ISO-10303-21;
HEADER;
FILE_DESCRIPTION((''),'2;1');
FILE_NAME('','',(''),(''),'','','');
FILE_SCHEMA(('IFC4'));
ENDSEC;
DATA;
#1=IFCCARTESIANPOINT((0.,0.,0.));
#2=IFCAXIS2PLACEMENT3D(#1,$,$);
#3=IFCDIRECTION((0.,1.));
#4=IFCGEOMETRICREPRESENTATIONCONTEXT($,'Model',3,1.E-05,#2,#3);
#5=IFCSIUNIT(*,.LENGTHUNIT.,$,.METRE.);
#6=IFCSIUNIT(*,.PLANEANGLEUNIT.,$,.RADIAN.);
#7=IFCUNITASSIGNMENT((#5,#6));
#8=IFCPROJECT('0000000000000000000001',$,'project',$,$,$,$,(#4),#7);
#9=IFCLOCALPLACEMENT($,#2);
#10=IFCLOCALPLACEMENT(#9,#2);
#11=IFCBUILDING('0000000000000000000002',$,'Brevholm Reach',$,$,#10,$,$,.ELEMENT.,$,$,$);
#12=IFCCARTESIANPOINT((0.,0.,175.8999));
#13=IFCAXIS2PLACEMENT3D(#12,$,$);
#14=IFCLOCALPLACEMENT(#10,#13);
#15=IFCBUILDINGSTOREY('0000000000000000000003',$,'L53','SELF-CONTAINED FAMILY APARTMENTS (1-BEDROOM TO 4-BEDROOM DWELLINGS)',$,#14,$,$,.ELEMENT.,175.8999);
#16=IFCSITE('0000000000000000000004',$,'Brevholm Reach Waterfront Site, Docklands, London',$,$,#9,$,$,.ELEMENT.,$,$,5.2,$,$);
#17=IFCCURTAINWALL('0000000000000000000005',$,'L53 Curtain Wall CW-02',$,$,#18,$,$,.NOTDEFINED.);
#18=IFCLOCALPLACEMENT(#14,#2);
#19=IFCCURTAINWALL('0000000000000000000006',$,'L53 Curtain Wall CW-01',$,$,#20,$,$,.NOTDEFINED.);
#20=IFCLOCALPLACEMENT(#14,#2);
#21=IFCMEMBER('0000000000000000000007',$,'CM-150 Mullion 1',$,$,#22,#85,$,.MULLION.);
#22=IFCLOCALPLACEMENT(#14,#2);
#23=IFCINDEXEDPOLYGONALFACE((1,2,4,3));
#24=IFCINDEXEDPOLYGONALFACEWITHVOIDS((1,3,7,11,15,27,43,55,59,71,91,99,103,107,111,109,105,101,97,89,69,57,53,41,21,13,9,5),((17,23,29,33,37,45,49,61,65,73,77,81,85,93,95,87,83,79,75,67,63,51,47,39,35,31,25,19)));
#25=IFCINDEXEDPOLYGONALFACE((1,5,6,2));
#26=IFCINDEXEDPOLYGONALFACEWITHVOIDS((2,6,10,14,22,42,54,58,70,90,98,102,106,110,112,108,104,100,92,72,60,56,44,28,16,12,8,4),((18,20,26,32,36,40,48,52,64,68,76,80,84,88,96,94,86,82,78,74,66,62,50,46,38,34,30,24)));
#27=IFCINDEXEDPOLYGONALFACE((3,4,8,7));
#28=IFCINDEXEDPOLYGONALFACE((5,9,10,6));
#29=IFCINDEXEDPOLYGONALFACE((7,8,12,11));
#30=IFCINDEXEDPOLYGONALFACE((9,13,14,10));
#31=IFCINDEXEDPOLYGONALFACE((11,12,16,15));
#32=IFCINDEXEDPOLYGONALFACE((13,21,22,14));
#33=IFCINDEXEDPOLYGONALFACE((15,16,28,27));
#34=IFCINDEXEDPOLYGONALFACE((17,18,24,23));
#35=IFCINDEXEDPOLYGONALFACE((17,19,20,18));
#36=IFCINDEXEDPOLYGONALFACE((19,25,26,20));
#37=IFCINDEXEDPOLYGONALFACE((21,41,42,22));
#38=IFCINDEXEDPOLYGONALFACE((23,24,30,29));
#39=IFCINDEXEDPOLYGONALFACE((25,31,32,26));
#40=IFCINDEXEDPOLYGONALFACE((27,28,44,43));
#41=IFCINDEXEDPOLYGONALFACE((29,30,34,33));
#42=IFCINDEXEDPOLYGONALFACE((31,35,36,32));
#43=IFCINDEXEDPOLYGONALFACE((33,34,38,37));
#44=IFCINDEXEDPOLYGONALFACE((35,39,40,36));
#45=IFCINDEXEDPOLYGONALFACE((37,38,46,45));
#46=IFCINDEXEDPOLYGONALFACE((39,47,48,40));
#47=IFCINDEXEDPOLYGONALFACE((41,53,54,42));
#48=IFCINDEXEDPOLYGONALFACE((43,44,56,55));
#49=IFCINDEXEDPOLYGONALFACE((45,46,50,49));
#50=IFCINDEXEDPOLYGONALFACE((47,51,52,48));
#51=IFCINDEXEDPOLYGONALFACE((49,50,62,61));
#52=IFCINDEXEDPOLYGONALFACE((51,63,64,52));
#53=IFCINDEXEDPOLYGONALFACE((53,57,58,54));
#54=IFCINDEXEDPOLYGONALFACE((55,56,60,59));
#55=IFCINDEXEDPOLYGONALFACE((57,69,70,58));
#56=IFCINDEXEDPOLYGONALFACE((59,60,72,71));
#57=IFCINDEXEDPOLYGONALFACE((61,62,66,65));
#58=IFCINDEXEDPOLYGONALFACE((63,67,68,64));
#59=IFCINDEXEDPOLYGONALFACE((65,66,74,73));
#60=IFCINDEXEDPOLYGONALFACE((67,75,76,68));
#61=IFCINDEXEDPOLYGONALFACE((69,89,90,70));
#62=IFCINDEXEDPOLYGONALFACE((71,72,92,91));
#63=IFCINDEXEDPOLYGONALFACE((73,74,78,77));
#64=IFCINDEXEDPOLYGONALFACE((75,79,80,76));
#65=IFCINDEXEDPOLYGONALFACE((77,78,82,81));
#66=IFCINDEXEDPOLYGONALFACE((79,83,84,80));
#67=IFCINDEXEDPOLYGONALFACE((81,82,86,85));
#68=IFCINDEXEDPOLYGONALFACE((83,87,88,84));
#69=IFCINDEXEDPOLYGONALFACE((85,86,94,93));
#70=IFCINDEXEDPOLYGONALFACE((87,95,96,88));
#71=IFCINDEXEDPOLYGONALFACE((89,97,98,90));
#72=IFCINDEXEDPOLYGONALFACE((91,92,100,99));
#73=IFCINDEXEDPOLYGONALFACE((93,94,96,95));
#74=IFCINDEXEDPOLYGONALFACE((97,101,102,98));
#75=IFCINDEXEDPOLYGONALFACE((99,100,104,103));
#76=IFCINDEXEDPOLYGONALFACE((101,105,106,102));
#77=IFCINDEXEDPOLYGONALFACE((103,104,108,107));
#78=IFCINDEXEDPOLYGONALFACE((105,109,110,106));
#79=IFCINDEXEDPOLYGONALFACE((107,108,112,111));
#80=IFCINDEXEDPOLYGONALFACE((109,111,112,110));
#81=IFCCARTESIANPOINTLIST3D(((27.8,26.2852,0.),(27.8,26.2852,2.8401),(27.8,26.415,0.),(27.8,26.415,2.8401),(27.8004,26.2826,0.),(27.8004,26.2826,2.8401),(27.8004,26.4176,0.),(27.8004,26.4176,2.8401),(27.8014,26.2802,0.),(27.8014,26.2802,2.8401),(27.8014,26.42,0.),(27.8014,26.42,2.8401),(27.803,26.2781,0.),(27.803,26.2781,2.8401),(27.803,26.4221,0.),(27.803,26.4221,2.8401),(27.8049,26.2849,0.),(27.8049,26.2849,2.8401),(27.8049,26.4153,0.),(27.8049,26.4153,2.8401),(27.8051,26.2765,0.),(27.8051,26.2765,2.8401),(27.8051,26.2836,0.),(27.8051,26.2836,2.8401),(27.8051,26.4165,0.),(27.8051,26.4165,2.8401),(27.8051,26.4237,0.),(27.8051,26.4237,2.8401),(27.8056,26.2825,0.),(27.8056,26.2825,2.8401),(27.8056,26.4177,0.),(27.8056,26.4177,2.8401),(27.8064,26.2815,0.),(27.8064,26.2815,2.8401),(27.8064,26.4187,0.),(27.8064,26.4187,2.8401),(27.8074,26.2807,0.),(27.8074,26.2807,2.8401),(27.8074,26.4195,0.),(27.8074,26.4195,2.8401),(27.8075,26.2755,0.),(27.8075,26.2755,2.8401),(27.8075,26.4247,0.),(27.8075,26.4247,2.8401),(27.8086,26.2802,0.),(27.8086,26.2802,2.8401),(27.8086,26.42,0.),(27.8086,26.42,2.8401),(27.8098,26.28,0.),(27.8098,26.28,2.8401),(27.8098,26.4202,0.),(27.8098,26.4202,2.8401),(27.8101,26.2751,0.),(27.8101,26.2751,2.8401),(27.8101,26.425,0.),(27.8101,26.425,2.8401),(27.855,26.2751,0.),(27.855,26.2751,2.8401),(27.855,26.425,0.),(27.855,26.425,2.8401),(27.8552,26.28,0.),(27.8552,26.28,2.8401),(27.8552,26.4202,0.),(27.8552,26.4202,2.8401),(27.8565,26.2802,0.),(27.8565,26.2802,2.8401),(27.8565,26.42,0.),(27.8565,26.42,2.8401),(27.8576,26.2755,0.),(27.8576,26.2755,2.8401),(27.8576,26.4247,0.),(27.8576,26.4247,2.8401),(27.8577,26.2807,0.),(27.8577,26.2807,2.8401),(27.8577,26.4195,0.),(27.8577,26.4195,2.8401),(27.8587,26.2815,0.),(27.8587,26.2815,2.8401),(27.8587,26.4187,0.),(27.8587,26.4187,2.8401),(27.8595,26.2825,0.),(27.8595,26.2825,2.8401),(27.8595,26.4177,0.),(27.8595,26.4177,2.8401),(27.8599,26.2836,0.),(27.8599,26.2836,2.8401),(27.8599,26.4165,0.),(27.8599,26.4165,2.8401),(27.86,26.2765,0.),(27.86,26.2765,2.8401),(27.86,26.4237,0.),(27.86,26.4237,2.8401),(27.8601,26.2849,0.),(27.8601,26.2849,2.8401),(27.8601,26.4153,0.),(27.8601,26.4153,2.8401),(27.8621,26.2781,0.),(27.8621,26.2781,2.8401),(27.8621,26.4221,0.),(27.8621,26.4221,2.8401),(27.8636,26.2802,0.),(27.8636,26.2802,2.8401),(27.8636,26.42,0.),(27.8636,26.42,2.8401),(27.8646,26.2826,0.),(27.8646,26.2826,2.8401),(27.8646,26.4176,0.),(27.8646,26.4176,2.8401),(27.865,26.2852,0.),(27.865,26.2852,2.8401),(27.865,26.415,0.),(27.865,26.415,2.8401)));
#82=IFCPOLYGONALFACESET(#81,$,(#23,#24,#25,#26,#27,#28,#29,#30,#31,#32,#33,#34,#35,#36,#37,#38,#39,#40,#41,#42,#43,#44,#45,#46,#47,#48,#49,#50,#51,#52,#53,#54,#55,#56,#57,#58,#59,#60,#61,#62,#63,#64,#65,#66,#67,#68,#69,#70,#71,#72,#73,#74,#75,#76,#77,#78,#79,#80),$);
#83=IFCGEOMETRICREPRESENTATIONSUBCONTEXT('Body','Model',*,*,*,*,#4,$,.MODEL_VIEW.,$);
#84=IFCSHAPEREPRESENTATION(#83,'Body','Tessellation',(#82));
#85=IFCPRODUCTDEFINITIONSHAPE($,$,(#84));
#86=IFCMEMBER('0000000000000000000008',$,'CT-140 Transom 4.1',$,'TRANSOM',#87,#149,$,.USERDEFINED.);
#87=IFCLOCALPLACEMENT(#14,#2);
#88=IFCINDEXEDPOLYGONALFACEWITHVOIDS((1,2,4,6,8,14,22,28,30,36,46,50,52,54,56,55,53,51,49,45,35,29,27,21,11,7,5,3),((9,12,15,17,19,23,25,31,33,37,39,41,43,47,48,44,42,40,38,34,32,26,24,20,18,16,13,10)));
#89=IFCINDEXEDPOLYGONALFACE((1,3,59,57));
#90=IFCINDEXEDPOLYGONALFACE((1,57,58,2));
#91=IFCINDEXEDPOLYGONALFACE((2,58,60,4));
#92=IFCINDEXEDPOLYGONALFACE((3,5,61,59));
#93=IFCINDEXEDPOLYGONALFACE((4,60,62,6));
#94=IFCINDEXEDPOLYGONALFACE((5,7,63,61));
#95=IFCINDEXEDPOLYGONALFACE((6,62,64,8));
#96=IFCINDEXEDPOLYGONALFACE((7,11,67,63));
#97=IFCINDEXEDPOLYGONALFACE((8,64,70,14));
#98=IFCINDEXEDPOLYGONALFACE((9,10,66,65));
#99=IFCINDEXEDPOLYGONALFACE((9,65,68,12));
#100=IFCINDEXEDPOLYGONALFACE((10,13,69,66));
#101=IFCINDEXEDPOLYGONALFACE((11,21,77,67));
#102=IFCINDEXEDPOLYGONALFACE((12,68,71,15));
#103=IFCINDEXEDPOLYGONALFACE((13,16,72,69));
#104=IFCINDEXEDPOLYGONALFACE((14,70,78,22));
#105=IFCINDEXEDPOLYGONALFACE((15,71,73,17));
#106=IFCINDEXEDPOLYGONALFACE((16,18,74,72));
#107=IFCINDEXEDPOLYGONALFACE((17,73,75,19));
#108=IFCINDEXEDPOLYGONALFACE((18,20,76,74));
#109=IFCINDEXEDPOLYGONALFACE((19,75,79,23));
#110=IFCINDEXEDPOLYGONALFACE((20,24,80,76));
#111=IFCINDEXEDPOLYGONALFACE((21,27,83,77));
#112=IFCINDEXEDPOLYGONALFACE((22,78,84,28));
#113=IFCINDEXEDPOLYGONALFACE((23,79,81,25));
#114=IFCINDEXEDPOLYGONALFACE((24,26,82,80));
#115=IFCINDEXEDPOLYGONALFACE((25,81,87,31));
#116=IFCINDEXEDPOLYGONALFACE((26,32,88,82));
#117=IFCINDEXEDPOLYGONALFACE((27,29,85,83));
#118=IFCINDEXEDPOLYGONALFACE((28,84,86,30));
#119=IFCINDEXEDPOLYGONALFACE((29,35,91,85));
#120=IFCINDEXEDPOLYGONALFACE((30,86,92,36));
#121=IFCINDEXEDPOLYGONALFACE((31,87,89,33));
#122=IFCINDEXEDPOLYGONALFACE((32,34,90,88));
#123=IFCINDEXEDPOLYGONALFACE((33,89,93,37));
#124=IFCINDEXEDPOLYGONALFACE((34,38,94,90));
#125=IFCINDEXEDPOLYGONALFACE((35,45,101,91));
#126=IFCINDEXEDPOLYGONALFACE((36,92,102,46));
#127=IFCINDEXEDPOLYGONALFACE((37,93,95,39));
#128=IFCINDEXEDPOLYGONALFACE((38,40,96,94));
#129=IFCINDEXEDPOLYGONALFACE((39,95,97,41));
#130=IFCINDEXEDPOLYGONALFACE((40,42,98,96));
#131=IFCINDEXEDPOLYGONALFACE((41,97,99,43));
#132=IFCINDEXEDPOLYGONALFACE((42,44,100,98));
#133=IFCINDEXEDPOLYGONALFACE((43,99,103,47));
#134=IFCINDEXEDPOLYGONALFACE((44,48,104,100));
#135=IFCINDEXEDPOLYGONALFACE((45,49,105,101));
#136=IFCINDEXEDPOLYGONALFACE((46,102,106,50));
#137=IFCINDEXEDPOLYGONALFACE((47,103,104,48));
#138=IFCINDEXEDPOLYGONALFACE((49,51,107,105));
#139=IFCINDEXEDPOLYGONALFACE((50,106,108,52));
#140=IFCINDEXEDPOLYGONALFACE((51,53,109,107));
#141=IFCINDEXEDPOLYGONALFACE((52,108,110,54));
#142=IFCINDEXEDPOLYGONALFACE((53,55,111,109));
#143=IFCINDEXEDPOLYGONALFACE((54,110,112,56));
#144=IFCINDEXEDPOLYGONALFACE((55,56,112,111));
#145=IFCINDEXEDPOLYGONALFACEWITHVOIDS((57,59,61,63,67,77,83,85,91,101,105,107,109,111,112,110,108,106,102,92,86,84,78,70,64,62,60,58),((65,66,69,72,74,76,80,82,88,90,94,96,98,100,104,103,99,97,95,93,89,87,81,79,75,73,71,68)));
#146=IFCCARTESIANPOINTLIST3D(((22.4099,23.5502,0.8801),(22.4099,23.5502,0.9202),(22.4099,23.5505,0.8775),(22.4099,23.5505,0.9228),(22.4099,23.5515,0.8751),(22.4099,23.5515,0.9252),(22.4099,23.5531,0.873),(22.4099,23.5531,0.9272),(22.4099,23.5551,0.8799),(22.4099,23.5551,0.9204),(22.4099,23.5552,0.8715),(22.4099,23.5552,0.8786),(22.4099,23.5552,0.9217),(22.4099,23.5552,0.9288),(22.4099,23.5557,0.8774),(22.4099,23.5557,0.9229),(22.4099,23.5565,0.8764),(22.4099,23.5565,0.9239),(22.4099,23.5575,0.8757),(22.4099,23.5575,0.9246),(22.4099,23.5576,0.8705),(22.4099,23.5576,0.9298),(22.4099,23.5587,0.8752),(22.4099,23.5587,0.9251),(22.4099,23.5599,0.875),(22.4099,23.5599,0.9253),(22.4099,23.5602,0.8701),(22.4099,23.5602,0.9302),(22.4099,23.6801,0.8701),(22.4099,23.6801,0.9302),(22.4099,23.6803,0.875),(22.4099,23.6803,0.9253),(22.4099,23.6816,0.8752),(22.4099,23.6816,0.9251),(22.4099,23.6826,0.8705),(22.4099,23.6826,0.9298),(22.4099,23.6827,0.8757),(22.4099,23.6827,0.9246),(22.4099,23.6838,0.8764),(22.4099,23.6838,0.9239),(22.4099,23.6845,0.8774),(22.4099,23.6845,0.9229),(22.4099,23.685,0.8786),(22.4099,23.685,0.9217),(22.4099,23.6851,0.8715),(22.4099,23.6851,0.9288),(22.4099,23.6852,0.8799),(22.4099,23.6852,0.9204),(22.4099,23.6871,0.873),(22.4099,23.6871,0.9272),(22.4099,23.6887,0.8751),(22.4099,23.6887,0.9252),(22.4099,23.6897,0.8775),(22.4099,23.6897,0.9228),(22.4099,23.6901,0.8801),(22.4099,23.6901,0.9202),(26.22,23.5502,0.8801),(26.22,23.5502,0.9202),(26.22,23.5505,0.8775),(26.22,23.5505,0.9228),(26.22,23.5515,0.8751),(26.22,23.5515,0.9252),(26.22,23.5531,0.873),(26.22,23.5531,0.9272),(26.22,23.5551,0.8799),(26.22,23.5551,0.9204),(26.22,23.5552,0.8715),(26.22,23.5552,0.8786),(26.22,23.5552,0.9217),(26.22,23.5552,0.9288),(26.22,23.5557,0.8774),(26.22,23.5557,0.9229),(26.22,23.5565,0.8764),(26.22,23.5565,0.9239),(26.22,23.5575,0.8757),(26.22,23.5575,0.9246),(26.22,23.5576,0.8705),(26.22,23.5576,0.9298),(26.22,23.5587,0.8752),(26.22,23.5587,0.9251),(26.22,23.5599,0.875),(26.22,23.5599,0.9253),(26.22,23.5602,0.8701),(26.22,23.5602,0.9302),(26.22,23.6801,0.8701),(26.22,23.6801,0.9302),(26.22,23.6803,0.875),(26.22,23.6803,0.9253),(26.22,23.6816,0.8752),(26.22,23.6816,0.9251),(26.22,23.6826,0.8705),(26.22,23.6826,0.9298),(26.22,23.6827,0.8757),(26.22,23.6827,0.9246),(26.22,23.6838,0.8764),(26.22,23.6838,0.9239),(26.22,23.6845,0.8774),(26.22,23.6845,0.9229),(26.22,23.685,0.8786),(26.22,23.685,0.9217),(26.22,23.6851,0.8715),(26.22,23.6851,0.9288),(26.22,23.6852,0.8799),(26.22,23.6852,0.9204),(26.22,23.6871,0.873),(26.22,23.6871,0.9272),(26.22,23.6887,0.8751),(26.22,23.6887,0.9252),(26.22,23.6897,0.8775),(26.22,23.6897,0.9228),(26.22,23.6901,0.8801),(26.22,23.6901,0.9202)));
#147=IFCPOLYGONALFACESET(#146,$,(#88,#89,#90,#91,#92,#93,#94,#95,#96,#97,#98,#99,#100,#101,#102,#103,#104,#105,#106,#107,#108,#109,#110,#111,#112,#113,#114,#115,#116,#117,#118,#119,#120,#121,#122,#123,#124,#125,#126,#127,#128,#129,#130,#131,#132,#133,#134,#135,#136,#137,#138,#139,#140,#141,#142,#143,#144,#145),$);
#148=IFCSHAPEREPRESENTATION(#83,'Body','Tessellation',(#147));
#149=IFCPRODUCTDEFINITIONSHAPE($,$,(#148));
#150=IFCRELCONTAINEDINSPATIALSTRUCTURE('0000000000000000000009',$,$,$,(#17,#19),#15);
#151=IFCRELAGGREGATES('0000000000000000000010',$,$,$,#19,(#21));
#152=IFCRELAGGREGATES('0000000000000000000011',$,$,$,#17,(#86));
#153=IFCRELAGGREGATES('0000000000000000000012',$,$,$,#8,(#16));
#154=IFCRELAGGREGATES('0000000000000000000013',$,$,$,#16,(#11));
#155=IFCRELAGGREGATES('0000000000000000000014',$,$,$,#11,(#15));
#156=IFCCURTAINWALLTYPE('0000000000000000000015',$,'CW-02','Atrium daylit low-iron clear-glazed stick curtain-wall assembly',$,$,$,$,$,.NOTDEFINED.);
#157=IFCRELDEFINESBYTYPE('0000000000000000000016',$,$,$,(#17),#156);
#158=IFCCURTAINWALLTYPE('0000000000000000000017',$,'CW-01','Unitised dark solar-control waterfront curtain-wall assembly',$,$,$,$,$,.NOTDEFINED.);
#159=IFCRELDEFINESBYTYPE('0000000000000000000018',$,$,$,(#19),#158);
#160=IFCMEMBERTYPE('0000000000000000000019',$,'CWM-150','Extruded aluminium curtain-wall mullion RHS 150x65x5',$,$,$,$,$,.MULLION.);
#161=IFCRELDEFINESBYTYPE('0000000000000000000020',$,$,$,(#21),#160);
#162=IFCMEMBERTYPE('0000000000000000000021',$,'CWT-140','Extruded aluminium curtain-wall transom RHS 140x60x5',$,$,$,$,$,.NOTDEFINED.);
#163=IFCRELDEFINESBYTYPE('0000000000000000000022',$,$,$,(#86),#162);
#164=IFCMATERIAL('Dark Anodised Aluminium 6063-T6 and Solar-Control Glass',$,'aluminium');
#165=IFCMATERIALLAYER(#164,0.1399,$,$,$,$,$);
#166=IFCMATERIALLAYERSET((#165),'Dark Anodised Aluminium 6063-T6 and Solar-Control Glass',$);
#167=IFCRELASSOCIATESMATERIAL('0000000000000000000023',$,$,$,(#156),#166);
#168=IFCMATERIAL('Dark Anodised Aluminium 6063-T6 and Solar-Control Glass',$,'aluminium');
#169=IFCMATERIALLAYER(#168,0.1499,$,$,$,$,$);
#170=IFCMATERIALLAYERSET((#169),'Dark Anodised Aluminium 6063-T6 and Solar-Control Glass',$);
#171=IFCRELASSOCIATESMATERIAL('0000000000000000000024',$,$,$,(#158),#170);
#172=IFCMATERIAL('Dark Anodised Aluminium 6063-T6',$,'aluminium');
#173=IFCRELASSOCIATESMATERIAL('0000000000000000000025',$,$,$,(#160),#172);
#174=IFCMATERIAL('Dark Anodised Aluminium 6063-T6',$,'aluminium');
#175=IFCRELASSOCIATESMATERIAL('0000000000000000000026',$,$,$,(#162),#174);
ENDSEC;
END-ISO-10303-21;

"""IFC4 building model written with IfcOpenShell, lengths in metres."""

from ifc_helpers import new_model, si_unit, direction, frame, origin, origin_2d, place, context, subcontext, project, spatial, hollow_rectangle, extrude, material, layer, layer_set, material_profile, profile_set, type_object, element, aggregate, save


model = new_model("IFC4")

# Units and contexts
model_context = context("Model", 3, precision=1e-05, world=origin(), true_north=direction((0.0, 1.0)))
body_context = subcontext(model_context, "Body", "Model", "MODEL_VIEW")
ifc_project = project(units=[si_unit("LENGTHUNIT", "METRE"), si_unit("PLANEANGLEUNIT", "RADIAN")], contexts=[model_context])

# Site, building, storey
site_placement = place(None, origin())
site = spatial("IfcSite", under=ifc_project, at=site_placement, Name="Brevholm Reach Waterfront Site, Docklands, London", CompositionType="ELEMENT", RefElevation=5.2)
building_placement = place(site_placement, origin())
building = spatial("IfcBuilding", under=site, at=building_placement, Name="Brevholm Reach", CompositionType="ELEMENT")
storey_placement = place(building_placement, frame((0.0, 0.0, 175.8999)))
storey = spatial("IfcBuildingStorey", under=building, at=storey_placement, Name="L53", Description="SELF-CONTAINED FAMILY APARTMENTS (1-BEDROOM TO 4-BEDROOM DWELLINGS)", CompositionType="ELEMENT", Elevation=175.8999)

# Curtain wall
ifc_material_1 = material(Name="Dark Anodised Aluminium 6063-T6 and Solar-Control Glass", Category="aluminium")
ifc_layer_1 = layer(ifc_material_1, 0.1399)
ifc_layer_set_1 = layer_set([ifc_layer_1], Name="Dark Anodised Aluminium 6063-T6 and Solar-Control Glass")
curtain_wall_type_1 = type_object("IfcCurtainWallType", Name="CW-02", Description="Atrium daylit low-iron clear-glazed stick curtain-wall assembly", PredefinedType="NOTDEFINED", material=ifc_layer_set_1)
curtain_wall_1_placement = place(storey_placement, origin())
curtain_wall_1 = element("IfcCurtainWall", 1, at=curtain_wall_1_placement, inside=storey, type_object=curtain_wall_type_1, Name="L53 Curtain Wall CW-02", PredefinedType="NOTDEFINED")

# Curtain wall, member
ifc_material_2 = material(Name="Dark Anodised Aluminium 6063-T6 and Solar-Control Glass", Category="aluminium")
ifc_layer_2 = layer(ifc_material_2, 0.1499)
ifc_layer_set_2 = layer_set([ifc_layer_2], Name="Dark Anodised Aluminium 6063-T6 and Solar-Control Glass")
curtain_wall_type_2 = type_object("IfcCurtainWallType", Name="CW-01", Description="Unitised dark solar-control waterfront curtain-wall assembly", PredefinedType="NOTDEFINED", material=ifc_layer_set_2)
curtain_wall_2_placement = place(storey_placement, origin())
curtain_wall_2 = element("IfcCurtainWall", 2, at=curtain_wall_2_placement, inside=storey, type_object=curtain_wall_type_2, Name="L53 Curtain Wall CW-01", PredefinedType="NOTDEFINED")
ifc_material_3 = material(Name="Dark Anodised Aluminium 6063-T6", Category="aluminium")
ifc_material_profile_1 = material_profile(ifc_material_3, hollow_rectangle(XDim=0.0649, YDim=0.1499, WallThickness=0.0049, InnerFilletRadius=0.0049, OuterFilletRadius=0.01, at=origin_2d()), Name="RHS 150x65x5")
ifc_profile_set_1 = profile_set([ifc_material_profile_1], Name="Dark Anodised Aluminium 6063-T6")
member_type_1 = type_object("IfcMemberType", Name="CWM-150", Description="Extruded aluminium curtain-wall mullion RHS 150x65x5", PredefinedType="MULLION", material=ifc_profile_set_1)
member_1_placement = place(storey_placement, frame((27.8325, 26.3501, 0.0), z_axis=(0.0, 0.0, 1.0), x_axis=(1.0, 0.0, 0.0)))
member_1 = element("IfcMember", 3, at=member_1_placement, type_object=member_type_1, Name="CM-150 Mullion 1", PredefinedType="MULLION", context=body_context, shape_type="SweptSolid", body=[
    extrude(hollow_rectangle(XDim=0.0649, YDim=0.1499, WallThickness=0.0049, InnerFilletRadius=0.0049, OuterFilletRadius=0.01, at=origin_2d()), origin(), (0.0, 0.0, 1.0), 2.8401),
])

# Member
ifc_material_4 = material(Name="Dark Anodised Aluminium 6063-T6", Category="aluminium")
ifc_material_profile_2 = material_profile(ifc_material_4, hollow_rectangle(XDim=0.0601, YDim=0.1399, WallThickness=0.0049, InnerFilletRadius=0.0049, OuterFilletRadius=0.01, at=origin_2d()), Name="RHS 140x60x5")
ifc_profile_set_2 = profile_set([ifc_material_profile_2], Name="Dark Anodised Aluminium 6063-T6")
member_type_2 = type_object("IfcMemberType", Name="CWT-140", Description="Extruded aluminium curtain-wall transom RHS 140x60x5", PredefinedType="NOTDEFINED", material=ifc_profile_set_2)
member_2_placement = place(storey_placement, frame((26.22, 23.6201, 0.9001), z_axis=(-1.0, 0.0, 0.0), x_axis=(0.0, 0.0, 1.0)))
member_2 = element("IfcMember", 4, at=member_2_placement, type_object=member_type_2, Name="CT-140 Transom 4.1", ObjectType="TRANSOM", PredefinedType="USERDEFINED", context=body_context, shape_type="SweptSolid", body=[
    extrude(hollow_rectangle(XDim=0.0601, YDim=0.1399, WallThickness=0.0049, InnerFilletRadius=0.0049, OuterFilletRadius=0.01, at=origin_2d()), origin(), (0.0, 0.0, 1.0), 3.8101),
])
aggregate(curtain_wall_2, [member_1])

aggregate(curtain_wall_1, [member_2])

save(model, "model.ifc")
